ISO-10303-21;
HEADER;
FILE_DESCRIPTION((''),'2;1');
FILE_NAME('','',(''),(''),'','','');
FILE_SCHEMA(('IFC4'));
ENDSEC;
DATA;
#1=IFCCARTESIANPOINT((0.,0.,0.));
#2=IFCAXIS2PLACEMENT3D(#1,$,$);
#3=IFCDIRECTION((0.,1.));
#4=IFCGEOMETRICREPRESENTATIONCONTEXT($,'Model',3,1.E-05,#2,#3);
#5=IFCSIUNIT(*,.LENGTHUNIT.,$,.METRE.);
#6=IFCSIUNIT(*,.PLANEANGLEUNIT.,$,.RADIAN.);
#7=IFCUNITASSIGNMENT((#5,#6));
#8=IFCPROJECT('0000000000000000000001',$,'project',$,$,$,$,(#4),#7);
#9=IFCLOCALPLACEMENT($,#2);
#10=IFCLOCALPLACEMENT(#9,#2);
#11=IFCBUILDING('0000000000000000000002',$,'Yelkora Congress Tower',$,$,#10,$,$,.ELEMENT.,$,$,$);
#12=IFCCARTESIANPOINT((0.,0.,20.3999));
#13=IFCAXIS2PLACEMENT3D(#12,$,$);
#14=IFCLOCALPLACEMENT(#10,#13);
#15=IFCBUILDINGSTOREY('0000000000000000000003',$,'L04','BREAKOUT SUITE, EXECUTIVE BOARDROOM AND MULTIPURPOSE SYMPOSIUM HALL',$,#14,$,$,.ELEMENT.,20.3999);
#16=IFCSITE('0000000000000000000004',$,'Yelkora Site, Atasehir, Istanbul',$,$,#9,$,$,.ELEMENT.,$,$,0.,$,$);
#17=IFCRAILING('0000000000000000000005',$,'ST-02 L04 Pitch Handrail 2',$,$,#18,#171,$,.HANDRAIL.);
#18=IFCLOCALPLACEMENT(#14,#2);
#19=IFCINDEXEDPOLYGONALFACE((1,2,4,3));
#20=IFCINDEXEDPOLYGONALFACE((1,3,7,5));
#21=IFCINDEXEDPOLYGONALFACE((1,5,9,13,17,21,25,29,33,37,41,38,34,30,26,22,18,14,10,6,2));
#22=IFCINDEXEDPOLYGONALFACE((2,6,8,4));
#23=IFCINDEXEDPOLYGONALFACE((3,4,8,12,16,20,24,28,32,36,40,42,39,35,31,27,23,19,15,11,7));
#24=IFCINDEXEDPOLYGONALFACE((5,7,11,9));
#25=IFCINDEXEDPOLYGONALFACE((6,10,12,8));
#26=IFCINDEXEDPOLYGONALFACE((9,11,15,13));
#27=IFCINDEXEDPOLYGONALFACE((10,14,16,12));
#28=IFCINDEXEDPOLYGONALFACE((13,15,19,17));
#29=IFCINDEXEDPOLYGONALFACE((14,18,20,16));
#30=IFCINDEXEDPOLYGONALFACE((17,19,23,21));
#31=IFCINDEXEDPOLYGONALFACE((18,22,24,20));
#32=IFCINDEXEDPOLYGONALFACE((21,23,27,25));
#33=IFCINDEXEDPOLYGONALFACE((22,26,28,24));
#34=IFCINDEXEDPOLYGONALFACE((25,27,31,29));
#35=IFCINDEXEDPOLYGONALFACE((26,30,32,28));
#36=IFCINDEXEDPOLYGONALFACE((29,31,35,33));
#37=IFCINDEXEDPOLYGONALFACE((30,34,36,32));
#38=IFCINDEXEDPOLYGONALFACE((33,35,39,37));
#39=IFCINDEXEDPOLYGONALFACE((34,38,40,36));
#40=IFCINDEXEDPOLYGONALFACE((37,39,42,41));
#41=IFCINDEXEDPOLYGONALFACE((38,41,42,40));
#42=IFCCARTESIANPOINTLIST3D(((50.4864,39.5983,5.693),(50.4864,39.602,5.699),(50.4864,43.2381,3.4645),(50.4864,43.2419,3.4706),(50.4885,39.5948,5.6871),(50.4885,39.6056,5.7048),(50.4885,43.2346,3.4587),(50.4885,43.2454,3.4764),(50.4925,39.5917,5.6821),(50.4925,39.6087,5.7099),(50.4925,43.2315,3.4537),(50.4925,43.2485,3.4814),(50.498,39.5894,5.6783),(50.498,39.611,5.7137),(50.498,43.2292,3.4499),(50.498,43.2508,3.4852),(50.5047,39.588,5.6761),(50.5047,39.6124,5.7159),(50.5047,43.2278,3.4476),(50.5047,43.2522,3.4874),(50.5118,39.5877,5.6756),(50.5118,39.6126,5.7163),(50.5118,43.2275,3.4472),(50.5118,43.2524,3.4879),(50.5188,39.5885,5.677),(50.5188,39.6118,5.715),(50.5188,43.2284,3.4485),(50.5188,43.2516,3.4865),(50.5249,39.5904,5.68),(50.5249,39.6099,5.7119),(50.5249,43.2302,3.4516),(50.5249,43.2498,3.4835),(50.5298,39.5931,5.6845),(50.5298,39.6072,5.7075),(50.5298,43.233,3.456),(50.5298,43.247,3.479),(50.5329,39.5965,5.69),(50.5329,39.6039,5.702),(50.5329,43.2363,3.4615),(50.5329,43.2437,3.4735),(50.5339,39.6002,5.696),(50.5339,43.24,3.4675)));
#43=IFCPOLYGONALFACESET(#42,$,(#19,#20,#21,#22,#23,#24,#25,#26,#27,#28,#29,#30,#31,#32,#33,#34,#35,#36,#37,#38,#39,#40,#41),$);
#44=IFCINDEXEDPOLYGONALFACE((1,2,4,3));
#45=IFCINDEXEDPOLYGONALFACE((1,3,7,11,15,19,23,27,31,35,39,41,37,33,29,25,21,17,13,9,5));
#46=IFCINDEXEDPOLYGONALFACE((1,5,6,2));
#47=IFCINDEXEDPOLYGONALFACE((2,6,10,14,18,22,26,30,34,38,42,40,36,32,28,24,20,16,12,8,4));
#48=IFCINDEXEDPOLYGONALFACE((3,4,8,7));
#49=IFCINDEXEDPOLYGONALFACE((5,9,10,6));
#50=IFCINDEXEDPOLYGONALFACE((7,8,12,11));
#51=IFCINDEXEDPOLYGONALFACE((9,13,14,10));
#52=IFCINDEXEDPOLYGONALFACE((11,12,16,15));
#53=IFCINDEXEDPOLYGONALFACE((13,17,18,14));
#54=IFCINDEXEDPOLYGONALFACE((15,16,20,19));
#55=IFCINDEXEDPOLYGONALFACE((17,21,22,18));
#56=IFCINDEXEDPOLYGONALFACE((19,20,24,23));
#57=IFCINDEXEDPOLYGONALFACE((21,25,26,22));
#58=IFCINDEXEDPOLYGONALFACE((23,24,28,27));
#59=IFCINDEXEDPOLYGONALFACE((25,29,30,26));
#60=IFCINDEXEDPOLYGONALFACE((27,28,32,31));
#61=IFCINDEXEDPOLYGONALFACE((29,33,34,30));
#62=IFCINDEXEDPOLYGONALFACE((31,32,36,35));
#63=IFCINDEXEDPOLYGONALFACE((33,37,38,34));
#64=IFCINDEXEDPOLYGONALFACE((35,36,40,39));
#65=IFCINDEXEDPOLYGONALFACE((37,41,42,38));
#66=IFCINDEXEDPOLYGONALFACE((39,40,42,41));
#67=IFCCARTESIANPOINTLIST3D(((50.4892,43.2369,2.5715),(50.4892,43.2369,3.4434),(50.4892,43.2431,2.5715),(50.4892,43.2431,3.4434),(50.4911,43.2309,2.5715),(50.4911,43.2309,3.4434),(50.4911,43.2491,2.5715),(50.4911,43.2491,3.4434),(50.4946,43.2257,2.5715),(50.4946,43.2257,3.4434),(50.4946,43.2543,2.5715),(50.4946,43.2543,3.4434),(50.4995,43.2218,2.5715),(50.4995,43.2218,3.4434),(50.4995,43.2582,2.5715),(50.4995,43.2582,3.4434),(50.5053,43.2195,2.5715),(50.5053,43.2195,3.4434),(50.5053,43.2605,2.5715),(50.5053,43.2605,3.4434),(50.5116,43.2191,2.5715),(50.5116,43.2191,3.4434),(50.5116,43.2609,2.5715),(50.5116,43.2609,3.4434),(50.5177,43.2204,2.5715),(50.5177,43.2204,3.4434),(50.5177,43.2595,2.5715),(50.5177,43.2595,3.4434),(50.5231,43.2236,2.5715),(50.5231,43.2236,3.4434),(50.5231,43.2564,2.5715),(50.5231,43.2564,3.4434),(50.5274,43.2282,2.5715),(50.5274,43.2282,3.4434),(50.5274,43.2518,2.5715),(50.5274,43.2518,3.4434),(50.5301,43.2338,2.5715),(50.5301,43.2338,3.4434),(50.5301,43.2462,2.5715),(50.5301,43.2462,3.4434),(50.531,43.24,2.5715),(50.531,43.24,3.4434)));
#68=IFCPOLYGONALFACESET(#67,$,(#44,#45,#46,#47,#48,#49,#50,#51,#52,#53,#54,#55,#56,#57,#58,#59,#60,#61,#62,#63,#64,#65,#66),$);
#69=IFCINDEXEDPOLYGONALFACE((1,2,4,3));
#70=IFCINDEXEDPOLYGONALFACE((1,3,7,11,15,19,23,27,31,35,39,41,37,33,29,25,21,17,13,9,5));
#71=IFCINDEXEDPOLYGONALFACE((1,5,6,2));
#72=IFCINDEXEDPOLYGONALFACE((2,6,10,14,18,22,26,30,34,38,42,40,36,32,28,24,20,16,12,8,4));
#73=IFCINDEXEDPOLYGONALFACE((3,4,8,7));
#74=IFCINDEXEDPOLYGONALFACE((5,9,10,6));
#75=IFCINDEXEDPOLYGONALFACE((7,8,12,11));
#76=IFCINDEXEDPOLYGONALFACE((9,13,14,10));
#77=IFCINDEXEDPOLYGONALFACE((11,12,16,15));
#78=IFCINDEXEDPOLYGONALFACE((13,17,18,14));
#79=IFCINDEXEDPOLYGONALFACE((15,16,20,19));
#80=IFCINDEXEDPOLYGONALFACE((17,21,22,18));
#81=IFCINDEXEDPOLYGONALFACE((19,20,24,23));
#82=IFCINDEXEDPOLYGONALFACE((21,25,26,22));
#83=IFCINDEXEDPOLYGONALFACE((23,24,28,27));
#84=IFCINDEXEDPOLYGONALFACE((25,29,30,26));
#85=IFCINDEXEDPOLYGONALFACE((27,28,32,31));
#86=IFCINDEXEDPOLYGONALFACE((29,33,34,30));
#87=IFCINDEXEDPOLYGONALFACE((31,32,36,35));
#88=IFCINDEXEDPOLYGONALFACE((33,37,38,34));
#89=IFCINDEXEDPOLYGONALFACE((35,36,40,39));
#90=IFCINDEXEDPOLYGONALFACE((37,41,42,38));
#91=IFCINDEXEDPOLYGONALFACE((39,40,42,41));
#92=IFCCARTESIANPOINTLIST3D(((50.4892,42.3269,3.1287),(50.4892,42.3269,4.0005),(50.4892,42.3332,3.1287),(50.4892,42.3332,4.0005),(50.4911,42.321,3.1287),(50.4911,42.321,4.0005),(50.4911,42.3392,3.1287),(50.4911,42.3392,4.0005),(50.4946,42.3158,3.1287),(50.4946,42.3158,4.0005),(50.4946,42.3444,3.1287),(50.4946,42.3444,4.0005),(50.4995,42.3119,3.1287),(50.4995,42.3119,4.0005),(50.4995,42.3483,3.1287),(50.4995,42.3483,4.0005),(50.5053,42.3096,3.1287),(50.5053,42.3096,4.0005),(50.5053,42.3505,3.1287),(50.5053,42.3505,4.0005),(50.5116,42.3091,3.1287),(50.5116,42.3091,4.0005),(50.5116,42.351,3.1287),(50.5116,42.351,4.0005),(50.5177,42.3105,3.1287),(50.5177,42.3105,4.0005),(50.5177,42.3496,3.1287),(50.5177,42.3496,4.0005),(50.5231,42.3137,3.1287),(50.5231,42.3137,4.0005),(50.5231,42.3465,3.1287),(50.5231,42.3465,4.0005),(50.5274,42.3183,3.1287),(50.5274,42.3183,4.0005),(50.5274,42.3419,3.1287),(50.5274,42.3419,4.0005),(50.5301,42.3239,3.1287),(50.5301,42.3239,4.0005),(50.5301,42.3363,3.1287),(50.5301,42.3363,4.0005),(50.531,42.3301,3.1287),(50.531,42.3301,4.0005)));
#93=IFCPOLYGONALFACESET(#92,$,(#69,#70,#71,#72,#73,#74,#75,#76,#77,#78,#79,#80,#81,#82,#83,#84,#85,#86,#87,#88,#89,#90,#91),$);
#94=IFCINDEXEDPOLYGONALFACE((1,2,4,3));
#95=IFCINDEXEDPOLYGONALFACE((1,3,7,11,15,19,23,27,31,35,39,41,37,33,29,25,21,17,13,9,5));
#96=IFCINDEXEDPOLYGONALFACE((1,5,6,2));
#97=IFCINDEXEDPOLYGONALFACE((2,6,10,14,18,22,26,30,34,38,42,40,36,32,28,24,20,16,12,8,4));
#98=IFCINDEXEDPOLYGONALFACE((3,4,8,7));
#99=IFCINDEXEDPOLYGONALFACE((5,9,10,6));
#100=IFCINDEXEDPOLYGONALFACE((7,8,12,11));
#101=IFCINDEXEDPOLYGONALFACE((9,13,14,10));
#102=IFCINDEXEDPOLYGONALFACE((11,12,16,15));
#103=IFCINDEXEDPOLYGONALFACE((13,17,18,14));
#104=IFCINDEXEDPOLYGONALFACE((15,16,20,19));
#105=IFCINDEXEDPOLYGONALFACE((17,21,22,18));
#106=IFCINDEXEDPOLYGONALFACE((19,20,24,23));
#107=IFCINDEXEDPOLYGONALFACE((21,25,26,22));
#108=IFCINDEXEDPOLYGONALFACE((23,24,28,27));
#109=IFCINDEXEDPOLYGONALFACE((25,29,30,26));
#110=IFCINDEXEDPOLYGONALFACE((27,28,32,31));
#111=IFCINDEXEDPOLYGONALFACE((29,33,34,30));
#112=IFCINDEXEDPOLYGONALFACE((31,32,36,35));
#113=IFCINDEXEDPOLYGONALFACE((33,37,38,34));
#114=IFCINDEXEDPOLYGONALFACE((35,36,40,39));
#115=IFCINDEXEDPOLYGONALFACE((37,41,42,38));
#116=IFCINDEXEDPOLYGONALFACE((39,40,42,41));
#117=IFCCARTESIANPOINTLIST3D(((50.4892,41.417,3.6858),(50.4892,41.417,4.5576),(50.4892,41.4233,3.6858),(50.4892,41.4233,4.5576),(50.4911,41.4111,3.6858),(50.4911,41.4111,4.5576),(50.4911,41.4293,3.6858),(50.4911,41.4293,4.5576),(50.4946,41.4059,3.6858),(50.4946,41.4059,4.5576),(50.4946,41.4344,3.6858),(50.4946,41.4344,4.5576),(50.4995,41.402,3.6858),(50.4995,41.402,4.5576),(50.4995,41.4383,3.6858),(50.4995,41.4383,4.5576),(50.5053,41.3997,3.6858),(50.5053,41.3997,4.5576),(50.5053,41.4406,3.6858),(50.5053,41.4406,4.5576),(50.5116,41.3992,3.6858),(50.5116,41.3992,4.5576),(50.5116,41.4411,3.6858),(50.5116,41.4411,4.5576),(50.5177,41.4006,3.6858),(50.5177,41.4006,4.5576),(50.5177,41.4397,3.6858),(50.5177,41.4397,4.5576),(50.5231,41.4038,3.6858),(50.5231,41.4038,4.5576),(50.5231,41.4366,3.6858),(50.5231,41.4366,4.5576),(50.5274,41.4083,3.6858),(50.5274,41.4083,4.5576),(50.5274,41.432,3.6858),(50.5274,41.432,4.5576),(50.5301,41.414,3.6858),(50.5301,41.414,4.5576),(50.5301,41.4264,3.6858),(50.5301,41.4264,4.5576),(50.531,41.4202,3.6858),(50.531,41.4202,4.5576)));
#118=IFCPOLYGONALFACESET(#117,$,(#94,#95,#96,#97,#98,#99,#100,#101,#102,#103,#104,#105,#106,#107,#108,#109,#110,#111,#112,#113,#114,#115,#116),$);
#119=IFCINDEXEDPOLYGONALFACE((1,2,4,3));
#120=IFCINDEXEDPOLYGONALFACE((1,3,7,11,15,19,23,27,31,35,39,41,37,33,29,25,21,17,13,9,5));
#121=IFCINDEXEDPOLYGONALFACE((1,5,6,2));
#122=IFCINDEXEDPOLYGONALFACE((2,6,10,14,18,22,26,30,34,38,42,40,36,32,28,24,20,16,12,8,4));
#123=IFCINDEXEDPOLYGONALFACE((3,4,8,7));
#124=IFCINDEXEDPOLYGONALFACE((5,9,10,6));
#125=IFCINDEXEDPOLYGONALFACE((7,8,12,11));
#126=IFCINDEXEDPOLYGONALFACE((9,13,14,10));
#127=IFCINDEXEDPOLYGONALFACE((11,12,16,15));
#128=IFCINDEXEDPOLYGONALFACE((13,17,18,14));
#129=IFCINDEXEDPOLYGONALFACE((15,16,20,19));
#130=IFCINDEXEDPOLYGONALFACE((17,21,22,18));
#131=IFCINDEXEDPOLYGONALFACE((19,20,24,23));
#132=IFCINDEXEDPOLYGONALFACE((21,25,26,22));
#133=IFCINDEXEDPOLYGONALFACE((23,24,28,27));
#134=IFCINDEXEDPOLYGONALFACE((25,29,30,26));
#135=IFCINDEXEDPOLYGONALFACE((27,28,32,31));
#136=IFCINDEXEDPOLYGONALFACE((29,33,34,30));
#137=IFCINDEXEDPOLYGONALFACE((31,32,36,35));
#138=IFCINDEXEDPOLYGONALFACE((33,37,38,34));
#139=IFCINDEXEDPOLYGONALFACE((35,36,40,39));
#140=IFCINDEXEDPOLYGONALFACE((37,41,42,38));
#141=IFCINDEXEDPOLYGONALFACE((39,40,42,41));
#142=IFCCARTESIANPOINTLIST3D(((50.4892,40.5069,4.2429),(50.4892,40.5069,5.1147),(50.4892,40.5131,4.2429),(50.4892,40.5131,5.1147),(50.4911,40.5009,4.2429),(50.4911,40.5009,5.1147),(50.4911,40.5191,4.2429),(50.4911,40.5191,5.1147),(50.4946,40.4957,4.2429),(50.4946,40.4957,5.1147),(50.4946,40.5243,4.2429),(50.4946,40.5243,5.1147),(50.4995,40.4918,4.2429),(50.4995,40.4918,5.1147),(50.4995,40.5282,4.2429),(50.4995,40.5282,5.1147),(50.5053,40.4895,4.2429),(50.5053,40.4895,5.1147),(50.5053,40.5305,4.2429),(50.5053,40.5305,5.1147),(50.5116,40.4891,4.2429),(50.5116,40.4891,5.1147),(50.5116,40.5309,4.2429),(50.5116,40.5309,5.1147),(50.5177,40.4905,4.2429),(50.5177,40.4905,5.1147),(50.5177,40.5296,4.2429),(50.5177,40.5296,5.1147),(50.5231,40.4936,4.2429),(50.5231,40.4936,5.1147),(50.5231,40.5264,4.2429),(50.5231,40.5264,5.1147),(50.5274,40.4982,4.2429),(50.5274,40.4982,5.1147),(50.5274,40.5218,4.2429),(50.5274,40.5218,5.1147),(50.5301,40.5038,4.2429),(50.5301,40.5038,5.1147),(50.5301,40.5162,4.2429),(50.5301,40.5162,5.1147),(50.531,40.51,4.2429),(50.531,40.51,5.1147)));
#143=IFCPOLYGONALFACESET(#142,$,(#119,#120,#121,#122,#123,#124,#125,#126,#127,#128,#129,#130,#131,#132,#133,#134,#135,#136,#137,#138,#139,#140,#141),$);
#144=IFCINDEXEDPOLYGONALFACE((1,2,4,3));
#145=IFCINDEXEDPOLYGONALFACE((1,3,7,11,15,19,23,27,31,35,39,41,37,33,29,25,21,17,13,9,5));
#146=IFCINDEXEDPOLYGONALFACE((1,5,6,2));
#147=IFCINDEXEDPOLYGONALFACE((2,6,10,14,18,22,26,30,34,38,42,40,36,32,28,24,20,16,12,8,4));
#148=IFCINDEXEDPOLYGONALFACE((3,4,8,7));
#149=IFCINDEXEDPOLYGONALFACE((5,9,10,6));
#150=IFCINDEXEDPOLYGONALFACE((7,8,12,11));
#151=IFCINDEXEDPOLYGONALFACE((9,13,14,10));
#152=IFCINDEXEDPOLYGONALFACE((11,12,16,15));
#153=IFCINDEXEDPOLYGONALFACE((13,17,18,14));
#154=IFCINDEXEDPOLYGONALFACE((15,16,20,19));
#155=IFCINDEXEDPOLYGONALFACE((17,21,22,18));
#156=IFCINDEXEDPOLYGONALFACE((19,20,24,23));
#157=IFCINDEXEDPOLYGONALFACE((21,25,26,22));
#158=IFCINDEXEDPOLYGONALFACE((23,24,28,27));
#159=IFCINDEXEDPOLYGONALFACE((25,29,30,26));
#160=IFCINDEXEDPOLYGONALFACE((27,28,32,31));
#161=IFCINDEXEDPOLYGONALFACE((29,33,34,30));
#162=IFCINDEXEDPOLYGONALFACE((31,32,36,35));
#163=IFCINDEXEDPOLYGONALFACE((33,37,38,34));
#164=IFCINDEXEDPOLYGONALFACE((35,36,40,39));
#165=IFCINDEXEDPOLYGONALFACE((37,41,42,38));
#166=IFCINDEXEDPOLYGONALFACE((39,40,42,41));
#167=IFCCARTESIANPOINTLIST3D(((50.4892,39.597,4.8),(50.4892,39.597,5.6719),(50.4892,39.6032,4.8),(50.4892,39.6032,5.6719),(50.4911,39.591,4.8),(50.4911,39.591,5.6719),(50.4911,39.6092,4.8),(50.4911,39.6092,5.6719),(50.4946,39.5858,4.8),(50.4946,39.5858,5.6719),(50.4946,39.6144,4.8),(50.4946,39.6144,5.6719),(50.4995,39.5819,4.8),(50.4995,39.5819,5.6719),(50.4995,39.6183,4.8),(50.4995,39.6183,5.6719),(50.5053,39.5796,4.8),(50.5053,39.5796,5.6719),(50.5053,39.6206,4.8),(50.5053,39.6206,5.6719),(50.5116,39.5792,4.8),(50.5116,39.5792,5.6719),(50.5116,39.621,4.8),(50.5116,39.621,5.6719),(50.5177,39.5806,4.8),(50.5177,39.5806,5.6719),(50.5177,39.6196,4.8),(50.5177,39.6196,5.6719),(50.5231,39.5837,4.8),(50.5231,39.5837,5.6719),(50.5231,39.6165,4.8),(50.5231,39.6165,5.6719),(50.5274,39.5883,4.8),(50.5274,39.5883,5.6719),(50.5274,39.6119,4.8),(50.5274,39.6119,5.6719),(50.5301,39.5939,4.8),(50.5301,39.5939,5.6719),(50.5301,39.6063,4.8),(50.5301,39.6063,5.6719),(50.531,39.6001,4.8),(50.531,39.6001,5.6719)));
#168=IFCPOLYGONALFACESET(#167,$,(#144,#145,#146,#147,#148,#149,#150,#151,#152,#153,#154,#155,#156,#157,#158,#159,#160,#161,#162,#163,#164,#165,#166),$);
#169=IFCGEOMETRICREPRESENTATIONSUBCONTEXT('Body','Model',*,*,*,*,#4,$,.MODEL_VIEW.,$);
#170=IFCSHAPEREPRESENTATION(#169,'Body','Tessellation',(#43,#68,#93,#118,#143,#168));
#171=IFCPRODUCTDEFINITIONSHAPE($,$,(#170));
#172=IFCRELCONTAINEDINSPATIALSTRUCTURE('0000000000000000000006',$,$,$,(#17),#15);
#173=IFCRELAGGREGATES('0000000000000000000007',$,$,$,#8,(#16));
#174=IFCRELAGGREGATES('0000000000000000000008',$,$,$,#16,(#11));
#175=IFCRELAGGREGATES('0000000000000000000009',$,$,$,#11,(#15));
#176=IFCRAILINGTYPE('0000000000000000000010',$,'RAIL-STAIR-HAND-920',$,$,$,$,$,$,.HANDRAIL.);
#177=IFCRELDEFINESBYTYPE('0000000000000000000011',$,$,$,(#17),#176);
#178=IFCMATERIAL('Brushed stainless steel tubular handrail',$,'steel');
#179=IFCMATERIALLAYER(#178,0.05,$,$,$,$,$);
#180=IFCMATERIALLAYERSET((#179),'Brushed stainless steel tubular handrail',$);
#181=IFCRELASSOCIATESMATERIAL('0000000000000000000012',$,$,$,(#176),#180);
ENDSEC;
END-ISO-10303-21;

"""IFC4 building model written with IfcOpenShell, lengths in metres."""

from ifc_helpers import new_model, si_unit, direction, frame, origin, origin_2d, place, context, subcontext, project, spatial, circle, extrude, material, layer, layer_set, type_object, element, save


model = new_model("IFC4")

# Units and contexts
model_context = context("Model", 3, precision=1e-05, world=origin(), true_north=direction((0.0, 1.0)))
body_context = subcontext(model_context, "Body", "Model", "MODEL_VIEW")
ifc_project = project(units=[si_unit("LENGTHUNIT", "METRE"), si_unit("PLANEANGLEUNIT", "RADIAN")], contexts=[model_context])

# Site, building, storey
site_placement = place(None, origin())
site = spatial("IfcSite", under=ifc_project, at=site_placement, Name="Yelkora Site, Atasehir, Istanbul", CompositionType="ELEMENT", RefElevation=0.0)
building_placement = place(site_placement, origin())
building = spatial("IfcBuilding", under=site, at=building_placement, Name="Yelkora Congress Tower", CompositionType="ELEMENT")
storey_placement = place(building_placement, frame((0.0, 0.0, 20.3999)))
storey = spatial("IfcBuildingStorey", under=building, at=storey_placement, Name="L04", Description="BREAKOUT SUITE, EXECUTIVE BOARDROOM AND MULTIPURPOSE SYMPOSIUM HALL", CompositionType="ELEMENT", Elevation=20.3999)

# Railing
ifc_material_1 = material(Name="Brushed stainless steel tubular handrail", Category="steel")
ifc_layer_1 = layer(ifc_material_1, 0.05)
ifc_layer_set_1 = layer_set([ifc_layer_1], Name="Brushed stainless steel tubular handrail")
railing_type_1 = type_object("IfcRailingType", Name="RAIL-STAIR-HAND-920", PredefinedType="HANDRAIL", material=ifc_layer_set_1)
railing_1_placement = place(storey_placement, frame((50.51, 43.24, 2.5715)))
element("IfcRailing", 1, at=railing_1_placement, inside=storey, type_object=railing_type_1, Name="ST-02 L04 Pitch Handrail 2", PredefinedType="HANDRAIL", context=body_context, shape_type="SweptSolid", body=[
    extrude(circle(Radius=0.0239, at=origin_2d()), frame((0.0, 0.0, 0.896), z_axis=(0.0, -0.85285, 0.522156), x_axis=(1.0, 0.0, 0.0)), (0.0, 0.0, 1.0), 4.2678),
    extrude(circle(Radius=0.021, at=origin_2d()), origin(), (0.0, 0.0, 1.0), 0.8718),
    extrude(circle(Radius=0.021, at=origin_2d()), frame((0.0, -0.9099, 0.5571)), (0.0, 0.0, 1.0), 0.8718),
    extrude(circle(Radius=0.021, at=origin_2d()), frame((0.0, -1.8198, 1.1143)), (0.0, 0.0, 1.0), 0.8718),
    extrude(circle(Radius=0.021, at=origin_2d()), frame((0.0, -2.73, 1.6714)), (0.0, 0.0, 1.0), 0.8718),
    extrude(circle(Radius=0.021, at=origin_2d()), frame((0.0, -3.6399, 2.2285)), (0.0, 0.0, 1.0), 0.8718),
])

save(model, "model.ifc")
